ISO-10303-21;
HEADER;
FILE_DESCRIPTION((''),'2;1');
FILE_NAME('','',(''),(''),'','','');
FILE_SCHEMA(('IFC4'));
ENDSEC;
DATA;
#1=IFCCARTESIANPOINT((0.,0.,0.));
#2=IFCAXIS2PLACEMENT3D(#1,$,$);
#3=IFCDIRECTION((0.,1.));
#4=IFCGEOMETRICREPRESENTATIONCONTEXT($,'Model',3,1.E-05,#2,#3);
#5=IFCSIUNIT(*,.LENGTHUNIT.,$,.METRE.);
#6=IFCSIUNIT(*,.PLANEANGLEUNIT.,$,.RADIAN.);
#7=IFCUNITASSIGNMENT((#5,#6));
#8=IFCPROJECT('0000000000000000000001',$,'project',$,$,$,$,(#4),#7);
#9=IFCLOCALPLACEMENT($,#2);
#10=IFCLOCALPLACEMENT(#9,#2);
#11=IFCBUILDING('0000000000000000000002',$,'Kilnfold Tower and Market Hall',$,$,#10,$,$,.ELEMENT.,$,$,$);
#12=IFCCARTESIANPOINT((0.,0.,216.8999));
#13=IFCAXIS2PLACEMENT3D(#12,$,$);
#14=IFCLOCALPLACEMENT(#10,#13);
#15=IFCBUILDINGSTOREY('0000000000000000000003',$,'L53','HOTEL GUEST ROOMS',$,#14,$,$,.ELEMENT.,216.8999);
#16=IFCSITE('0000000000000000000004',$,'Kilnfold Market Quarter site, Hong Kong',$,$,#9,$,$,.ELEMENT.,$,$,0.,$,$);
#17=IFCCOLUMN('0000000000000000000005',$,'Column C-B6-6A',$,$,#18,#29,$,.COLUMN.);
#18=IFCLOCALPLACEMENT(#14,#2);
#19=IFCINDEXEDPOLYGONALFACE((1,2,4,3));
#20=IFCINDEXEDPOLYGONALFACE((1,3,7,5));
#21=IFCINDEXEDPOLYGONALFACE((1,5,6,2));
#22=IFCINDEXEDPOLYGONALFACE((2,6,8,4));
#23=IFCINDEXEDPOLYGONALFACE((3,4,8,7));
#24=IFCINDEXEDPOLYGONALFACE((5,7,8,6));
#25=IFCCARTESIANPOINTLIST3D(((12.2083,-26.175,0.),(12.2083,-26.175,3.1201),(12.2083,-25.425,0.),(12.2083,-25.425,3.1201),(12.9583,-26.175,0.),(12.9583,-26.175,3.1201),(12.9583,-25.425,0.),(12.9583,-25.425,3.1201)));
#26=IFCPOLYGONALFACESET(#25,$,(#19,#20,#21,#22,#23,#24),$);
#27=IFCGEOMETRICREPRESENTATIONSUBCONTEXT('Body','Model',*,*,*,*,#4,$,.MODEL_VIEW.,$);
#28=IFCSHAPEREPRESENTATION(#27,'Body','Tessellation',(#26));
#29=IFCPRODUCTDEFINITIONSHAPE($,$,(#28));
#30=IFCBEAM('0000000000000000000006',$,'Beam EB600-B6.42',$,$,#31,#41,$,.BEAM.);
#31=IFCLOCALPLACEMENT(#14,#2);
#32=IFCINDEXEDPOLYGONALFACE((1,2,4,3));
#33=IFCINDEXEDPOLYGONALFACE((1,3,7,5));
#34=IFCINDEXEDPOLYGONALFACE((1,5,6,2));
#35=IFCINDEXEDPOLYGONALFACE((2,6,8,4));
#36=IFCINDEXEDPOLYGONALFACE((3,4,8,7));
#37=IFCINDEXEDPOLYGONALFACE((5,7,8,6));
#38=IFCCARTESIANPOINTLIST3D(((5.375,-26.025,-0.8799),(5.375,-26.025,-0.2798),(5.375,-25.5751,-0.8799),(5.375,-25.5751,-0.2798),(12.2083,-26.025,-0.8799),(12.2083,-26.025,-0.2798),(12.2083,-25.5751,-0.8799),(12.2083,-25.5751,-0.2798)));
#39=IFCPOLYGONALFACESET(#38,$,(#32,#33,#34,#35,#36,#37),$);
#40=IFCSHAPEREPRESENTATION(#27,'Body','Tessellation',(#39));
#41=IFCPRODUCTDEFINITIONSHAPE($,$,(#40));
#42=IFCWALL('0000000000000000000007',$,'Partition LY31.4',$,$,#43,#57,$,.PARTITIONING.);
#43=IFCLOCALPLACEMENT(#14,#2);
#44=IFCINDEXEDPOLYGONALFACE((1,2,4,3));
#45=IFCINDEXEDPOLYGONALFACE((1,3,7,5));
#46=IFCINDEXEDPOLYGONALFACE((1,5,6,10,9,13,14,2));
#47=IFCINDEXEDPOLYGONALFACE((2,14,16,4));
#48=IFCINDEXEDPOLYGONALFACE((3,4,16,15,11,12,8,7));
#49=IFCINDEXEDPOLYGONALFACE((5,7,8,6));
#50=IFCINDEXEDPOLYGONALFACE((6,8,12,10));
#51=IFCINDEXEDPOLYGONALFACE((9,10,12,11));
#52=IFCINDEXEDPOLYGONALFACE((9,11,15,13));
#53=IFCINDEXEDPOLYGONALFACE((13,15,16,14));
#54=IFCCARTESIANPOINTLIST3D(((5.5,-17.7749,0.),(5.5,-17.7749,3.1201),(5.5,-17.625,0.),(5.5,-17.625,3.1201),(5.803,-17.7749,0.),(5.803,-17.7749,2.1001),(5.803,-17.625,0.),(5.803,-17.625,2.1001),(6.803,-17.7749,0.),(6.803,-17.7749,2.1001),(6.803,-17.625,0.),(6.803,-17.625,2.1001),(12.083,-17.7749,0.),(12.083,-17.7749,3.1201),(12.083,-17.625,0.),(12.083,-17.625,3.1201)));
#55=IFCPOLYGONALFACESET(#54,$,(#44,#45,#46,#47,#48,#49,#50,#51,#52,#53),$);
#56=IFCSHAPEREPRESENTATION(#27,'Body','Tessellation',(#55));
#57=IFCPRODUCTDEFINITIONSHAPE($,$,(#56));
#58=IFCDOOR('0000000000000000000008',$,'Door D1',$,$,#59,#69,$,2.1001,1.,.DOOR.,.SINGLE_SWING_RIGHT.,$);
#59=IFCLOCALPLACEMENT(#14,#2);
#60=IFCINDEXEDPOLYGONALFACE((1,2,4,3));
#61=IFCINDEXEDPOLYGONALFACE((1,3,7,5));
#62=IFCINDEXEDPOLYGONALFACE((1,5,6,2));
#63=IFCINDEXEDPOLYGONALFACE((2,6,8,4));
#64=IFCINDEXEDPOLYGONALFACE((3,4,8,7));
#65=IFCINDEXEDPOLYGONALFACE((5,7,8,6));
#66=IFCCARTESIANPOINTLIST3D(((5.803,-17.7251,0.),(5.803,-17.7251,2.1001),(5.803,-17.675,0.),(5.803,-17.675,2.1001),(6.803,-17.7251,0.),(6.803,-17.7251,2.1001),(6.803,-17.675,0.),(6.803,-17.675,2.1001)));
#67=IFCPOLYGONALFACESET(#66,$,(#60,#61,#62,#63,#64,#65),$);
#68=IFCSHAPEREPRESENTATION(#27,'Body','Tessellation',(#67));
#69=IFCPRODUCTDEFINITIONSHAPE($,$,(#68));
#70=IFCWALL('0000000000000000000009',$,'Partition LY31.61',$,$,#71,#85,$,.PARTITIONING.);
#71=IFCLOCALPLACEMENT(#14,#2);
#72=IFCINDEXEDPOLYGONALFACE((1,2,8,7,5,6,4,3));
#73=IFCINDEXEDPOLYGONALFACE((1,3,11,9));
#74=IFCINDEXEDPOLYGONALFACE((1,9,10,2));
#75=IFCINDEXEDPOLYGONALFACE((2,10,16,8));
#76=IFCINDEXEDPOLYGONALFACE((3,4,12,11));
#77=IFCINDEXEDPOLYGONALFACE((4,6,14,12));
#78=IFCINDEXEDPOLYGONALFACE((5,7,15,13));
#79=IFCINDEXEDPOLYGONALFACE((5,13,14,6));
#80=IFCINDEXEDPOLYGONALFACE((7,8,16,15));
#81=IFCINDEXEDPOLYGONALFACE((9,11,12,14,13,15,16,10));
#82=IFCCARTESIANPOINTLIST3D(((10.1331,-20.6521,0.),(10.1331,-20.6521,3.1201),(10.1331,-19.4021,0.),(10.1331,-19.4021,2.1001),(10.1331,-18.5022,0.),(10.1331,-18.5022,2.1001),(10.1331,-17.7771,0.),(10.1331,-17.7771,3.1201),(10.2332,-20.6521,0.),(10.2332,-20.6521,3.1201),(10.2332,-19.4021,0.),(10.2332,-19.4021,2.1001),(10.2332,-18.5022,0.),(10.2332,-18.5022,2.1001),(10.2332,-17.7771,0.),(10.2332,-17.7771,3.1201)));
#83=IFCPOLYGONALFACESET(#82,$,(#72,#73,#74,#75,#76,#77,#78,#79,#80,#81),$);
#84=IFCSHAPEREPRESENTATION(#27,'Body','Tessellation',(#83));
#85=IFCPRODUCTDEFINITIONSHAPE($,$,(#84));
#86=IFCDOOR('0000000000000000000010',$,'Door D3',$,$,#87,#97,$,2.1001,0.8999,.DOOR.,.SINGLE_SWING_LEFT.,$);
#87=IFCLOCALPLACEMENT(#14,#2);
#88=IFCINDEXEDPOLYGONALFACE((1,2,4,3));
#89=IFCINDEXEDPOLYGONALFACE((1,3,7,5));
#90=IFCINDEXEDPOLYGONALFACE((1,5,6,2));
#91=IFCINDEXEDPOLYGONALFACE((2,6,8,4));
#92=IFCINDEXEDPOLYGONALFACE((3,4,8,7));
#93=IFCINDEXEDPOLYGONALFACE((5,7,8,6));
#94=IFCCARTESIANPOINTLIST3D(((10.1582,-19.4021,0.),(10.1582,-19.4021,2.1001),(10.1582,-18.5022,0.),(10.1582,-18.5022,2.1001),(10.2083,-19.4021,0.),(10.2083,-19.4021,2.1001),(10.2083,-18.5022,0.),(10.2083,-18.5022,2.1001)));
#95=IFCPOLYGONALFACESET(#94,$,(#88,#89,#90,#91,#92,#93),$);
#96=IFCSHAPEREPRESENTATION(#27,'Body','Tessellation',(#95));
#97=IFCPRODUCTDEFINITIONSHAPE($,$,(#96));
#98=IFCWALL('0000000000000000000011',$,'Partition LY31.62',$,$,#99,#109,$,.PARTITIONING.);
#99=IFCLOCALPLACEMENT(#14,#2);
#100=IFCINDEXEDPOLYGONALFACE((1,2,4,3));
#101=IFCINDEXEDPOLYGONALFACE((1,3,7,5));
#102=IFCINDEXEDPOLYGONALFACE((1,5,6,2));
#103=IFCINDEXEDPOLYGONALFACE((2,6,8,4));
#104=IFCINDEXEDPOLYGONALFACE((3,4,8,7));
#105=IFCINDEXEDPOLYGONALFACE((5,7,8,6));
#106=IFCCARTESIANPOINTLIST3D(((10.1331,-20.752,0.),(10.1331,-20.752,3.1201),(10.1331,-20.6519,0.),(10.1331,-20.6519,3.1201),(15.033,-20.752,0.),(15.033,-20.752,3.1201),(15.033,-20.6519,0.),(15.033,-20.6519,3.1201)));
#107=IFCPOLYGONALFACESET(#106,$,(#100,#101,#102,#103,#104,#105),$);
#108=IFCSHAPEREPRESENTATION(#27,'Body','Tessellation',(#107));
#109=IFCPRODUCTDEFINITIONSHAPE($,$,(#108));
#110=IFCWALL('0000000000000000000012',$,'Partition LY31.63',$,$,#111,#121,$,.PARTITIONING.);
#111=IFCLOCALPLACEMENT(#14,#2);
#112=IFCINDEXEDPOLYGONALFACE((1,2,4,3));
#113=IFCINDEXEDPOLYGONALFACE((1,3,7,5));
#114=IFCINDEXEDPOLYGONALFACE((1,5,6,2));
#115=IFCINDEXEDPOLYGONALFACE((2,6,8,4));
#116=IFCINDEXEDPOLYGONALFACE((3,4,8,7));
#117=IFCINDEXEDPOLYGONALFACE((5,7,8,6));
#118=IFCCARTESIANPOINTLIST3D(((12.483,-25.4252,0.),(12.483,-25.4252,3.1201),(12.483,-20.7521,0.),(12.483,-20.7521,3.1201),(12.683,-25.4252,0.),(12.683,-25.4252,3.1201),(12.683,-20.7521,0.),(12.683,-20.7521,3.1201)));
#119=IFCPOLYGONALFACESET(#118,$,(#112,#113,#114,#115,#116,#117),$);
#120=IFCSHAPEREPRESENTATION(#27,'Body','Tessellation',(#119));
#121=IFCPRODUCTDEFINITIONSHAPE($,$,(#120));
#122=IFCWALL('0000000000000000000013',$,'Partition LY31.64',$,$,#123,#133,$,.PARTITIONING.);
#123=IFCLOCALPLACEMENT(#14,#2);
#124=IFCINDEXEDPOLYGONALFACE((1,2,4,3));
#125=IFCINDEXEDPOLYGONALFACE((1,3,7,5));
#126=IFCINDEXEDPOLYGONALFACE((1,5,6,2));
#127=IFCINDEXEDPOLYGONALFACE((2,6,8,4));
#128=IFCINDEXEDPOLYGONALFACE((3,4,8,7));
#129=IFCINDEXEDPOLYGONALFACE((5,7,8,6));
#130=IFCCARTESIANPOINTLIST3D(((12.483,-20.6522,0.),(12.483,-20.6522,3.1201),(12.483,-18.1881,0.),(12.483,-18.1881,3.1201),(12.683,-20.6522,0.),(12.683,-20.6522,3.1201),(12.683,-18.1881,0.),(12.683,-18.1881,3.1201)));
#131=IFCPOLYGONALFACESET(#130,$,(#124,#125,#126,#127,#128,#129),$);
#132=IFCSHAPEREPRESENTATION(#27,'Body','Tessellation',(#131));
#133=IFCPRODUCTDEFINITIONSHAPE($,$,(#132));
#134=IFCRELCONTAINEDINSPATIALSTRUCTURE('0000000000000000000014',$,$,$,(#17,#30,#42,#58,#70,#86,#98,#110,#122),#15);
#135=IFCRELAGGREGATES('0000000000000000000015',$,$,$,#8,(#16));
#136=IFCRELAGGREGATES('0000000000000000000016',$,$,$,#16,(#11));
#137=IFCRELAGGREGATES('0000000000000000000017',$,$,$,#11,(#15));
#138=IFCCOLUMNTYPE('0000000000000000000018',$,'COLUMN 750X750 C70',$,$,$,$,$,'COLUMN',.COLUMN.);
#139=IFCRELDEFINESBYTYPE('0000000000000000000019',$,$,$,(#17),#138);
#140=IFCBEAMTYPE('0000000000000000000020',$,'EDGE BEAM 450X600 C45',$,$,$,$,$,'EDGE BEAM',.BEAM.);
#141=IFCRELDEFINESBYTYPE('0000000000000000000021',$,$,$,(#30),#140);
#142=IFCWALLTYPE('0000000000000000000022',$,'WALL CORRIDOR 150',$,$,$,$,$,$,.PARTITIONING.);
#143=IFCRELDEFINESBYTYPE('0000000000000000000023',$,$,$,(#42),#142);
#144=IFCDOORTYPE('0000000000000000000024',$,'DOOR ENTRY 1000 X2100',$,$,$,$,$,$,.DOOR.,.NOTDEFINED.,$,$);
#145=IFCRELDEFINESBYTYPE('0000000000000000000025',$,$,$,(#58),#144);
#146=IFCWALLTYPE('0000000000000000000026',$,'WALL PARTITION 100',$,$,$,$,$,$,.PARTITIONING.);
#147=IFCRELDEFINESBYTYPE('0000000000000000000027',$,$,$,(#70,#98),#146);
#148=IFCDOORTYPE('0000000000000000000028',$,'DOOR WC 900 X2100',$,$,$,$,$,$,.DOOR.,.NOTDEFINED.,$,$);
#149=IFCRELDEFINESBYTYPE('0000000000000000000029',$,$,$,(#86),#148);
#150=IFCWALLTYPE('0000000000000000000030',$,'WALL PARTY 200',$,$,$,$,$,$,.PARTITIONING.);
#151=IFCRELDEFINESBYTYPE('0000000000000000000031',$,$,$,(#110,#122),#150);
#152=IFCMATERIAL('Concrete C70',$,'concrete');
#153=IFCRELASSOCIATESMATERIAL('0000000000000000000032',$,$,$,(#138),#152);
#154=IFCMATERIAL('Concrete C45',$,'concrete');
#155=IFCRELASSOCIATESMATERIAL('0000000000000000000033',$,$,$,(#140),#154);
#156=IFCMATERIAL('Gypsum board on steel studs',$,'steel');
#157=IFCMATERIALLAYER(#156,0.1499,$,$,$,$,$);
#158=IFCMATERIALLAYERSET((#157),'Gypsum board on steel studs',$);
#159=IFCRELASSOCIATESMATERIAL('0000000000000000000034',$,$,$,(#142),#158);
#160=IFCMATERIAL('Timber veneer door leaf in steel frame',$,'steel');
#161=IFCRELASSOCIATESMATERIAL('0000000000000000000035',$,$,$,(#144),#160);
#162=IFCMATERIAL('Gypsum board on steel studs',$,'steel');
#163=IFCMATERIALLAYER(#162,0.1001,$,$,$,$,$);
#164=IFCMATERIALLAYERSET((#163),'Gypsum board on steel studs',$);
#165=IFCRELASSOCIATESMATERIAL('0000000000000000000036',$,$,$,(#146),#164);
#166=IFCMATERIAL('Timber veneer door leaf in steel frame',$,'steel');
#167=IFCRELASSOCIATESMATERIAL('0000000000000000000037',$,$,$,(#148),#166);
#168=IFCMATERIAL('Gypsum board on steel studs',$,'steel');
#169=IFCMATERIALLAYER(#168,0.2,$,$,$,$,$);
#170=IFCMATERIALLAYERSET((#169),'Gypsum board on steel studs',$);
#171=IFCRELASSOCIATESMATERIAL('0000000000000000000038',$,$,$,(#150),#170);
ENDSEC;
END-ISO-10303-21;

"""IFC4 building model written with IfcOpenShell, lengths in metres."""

from ifc_helpers import new_model, si_unit, direction, frame, frame_2d, origin, origin_2d, place, context, subcontext, project, spatial, rectangle, extrude, source, transform, mapped, material, layer, layer_set, material_profile, profile_set, type_object, element, fill, save


model = new_model("IFC4")

# Units and contexts
model_context = context("Model", 3, precision=1e-05, world=origin(), true_north=direction((0.0, 1.0)))
body_context = subcontext(model_context, "Body", "Model", "MODEL_VIEW")
ifc_project = project(units=[si_unit("LENGTHUNIT", "METRE"), si_unit("PLANEANGLEUNIT", "RADIAN")], contexts=[model_context])

# Site, building, storey
site_placement = place(None, origin())
site = spatial("IfcSite", under=ifc_project, at=site_placement, Name="Kilnfold Market Quarter site, Hong Kong", CompositionType="ELEMENT", RefElevation=0.0)
building_placement = place(site_placement, origin())
building = spatial("IfcBuilding", under=site, at=building_placement, Name="Kilnfold Tower and Market Hall", CompositionType="ELEMENT")
storey_placement = place(building_placement, frame((0.0, 0.0, 216.8999)))
storey = spatial("IfcBuildingStorey", under=building, at=storey_placement, Name="L53", Description="HOTEL GUEST ROOMS", CompositionType="ELEMENT", Elevation=216.8999)

# Column
ifc_material_1 = material(Name="Concrete C70", Category="concrete")
ifc_material_profile_1 = material_profile(ifc_material_1, rectangle(XDim=0.75, YDim=0.75, at=origin_2d()), Name="RC 750x750")
ifc_profile_set_1 = profile_set([ifc_material_profile_1], Name="Concrete C70")
column_type = type_object("IfcColumnType", Name="COLUMN 750X750 C70", ElementType="COLUMN", PredefinedType="COLUMN", material=ifc_profile_set_1)
shared_shape_1 = source(origin(), body_context, "Body", "SweptSolid", [
    extrude(rectangle(XDim=0.75, YDim=0.75, at=origin_2d()), origin(), (0.0, 0.0, 1.0), 3.1201),
])
column_placement = place(storey_placement, frame((12.5833, -25.8, 0.0), z_axis=(0.0, 0.0, 1.0), x_axis=(1.0, 0.0, 0.0)))
element("IfcColumn", 1, at=column_placement, inside=storey, type_object=column_type, Name="Column C-B6-6A", PredefinedType="COLUMN", context=body_context, shape_type="MappedRepresentation", body=[
    mapped(shared_shape_1, transform((0.0, 0.0, 0.0))),
])

# Beam
ifc_material_2 = material(Name="Concrete C45", Category="concrete")
ifc_material_profile_2 = material_profile(ifc_material_2, rectangle(XDim=0.45, YDim=0.6001, at=origin_2d()), Name="RC 450x600")
ifc_profile_set_2 = profile_set([ifc_material_profile_2], Name="Concrete C45")
beam_type = type_object("IfcBeamType", Name="EDGE BEAM 450X600 C45", ElementType="EDGE BEAM", PredefinedType="BEAM", material=ifc_profile_set_2)
shared_shape_2 = source(origin(), body_context, "Body", "SweptSolid", [
    extrude(rectangle(XDim=0.45, YDim=0.6001, at=origin_2d()), origin(), (0.0, 0.0, 1.0), 6.8333),
])
beam_placement = place(storey_placement, frame((5.375, -25.8, -0.5798), z_axis=(1.0, 0.0, 0.0), x_axis=(0.0, 1.0, 0.0)))
element("IfcBeam", 2, at=beam_placement, inside=storey, type_object=beam_type, Name="Beam EB600-B6.42", PredefinedType="BEAM", context=body_context, shape_type="MappedRepresentation", body=[
    mapped(shared_shape_2, transform((0.0, 0.0, 0.0))),
])

# Walls, openings, doors
ifc_material_3 = material(Name="Gypsum board on steel studs", Category="steel")
ifc_layer_1 = layer(ifc_material_3, 0.1499)
ifc_layer_set_1 = layer_set([ifc_layer_1], Name="Gypsum board on steel studs")
wall_type_1 = type_object("IfcWallType", Name="WALL CORRIDOR 150", PredefinedType="PARTITIONING", material=ifc_layer_set_1)
wall_1_placement = place(storey_placement, frame((5.5, -17.7, 0.0), z_axis=(0.0, 0.0, 1.0), x_axis=(1.0, 0.0, 0.0)))
wall_1 = element("IfcWall", 3, at=wall_1_placement, inside=storey, type_object=wall_type_1, Name="Partition LY31.4", PredefinedType="PARTITIONING", context=body_context, shape_type="SweptSolid", body=[
    extrude(rectangle(XDim=6.583, YDim=0.1499, at=frame_2d((3.2915, 0.0))), origin(), (0.0, 0.0, 1.0), 3.1201),
])
opening_1_placement = place(wall_1_placement, frame((0.303, 0.0, 0.0)))
opening_1 = element("IfcOpeningElement", 4, at=opening_1_placement, cuts=wall_1, PredefinedType="OPENING", context=body_context, shape_type="SweptSolid", body=[
    extrude(rectangle(XDim=1.0, YDim=2.1001, at=frame_2d((0.5, 1.05))), frame((0.0, 0.085, 0.0), z_axis=(0.0, -1.0, 0.0), x_axis=(1.0, 0.0, 0.0)), (0.0, 0.0, 1.0), 0.1699),
])
ifc_material_4 = material(Name="Timber veneer door leaf in steel frame", Category="steel")
door_type_1 = type_object("IfcDoorType", Name="DOOR ENTRY 1000 X2100", OperationType="NOTDEFINED", PredefinedType="DOOR", material=ifc_material_4)
door_1_placement = place(opening_1_placement, origin())
door_1 = element("IfcDoor", 5, at=door_1_placement, inside=storey, type_object=door_type_1, Name="Door D1", OperationType="SINGLE_SWING_RIGHT", OverallHeight=2.1001, OverallWidth=1.0, PredefinedType="DOOR", context=body_context, shape_type="SweptSolid", body=[
    extrude(rectangle(XDim=1.0, YDim=2.1001, at=frame_2d((0.5, 1.05))), frame((0.0, 0.0249, 0.0), z_axis=(0.0, -1.0, 0.0), x_axis=(1.0, 0.0, 0.0)), (0.0, 0.0, 1.0), 0.05),
])
fill(opening_1, door_1)
ifc_material_5 = material(Name="Gypsum board on steel studs", Category="steel")
ifc_layer_2 = layer(ifc_material_5, 0.1001)
ifc_layer_set_2 = layer_set([ifc_layer_2], Name="Gypsum board on steel studs")
wall_type_2 = type_object("IfcWallType", Name="WALL PARTITION 100", PredefinedType="PARTITIONING", material=ifc_layer_set_2)
wall_2_placement = place(storey_placement, frame((10.1831, -20.6521, 0.0), z_axis=(0.0, 0.0, 1.0), x_axis=(0.0, 1.0, 0.0)))
wall_2 = element("IfcWall", 6, at=wall_2_placement, inside=storey, type_object=wall_type_2, Name="Partition LY31.61", PredefinedType="PARTITIONING", context=body_context, shape_type="SweptSolid", body=[
    extrude(rectangle(XDim=2.875, YDim=0.1001, at=frame_2d((1.4375, 0.0))), origin(), (0.0, 0.0, 1.0), 3.1201),
])
opening_2_placement = place(wall_2_placement, frame((1.25, 0.0, 0.0)))
opening_2 = element("IfcOpeningElement", 7, at=opening_2_placement, cuts=wall_2, PredefinedType="OPENING", context=body_context, shape_type="SweptSolid", body=[
    extrude(rectangle(XDim=0.8999, YDim=2.1001, at=frame_2d((0.45, 1.05))), frame((0.0, 0.0601, 0.0), z_axis=(0.0, -1.0, 0.0), x_axis=(1.0, 0.0, 0.0)), (0.0, 0.0, 1.0), 0.1201),
])
ifc_material_6 = material(Name="Timber veneer door leaf in steel frame", Category="steel")
door_type_2 = type_object("IfcDoorType", Name="DOOR WC 900 X2100", OperationType="NOTDEFINED", PredefinedType="DOOR", material=ifc_material_6)
door_2_placement = place(opening_2_placement, origin())
door_2 = element("IfcDoor", 8, at=door_2_placement, inside=storey, type_object=door_type_2, Name="Door D3", OperationType="SINGLE_SWING_LEFT", OverallHeight=2.1001, OverallWidth=0.8999, PredefinedType="DOOR", context=body_context, shape_type="SweptSolid", body=[
    extrude(rectangle(XDim=0.8999, YDim=2.1001, at=frame_2d((0.45, 1.05))), frame((0.0, 0.0249, 0.0), z_axis=(0.0, -1.0, 0.0), x_axis=(1.0, 0.0, 0.0)), (0.0, 0.0, 1.0), 0.05),
])
fill(opening_2, door_2)

# Walls
wall_3_placement = place(storey_placement, frame((10.1331, -20.7019, 0.0), z_axis=(0.0, 0.0, 1.0), x_axis=(1.0, 0.0, 0.0)))
element("IfcWall", 9, at=wall_3_placement, inside=storey, type_object=wall_type_2, Name="Partition LY31.62", PredefinedType="PARTITIONING", context=body_context, shape_type="SweptSolid", body=[
    extrude(rectangle(XDim=4.8999, YDim=0.1001, at=frame_2d((2.45, 0.0))), origin(), (0.0, 0.0, 1.0), 3.1201),
])
ifc_material_7 = material(Name="Gypsum board on steel studs", Category="steel")
ifc_layer_3 = layer(ifc_material_7, 0.2)
ifc_layer_set_3 = layer_set([ifc_layer_3], Name="Gypsum board on steel studs")
wall_type_3 = type_object("IfcWallType", Name="WALL PARTY 200", PredefinedType="PARTITIONING", material=ifc_layer_set_3)
wall_4_placement = place(storey_placement, frame((12.583, -25.425, 0.0), z_axis=(0.0, 0.0, 1.0), x_axis=(0.0, 1.0, 0.0)))
element("IfcWall", 10, at=wall_4_placement, inside=storey, type_object=wall_type_3, Name="Partition LY31.63", PredefinedType="PARTITIONING", context=body_context, shape_type="SweptSolid", body=[
    extrude(rectangle(XDim=4.6731, YDim=0.2, at=frame_2d((2.3364, 0.0))), origin(), (0.0, 0.0, 1.0), 3.1201),
])
wall_5_placement = place(storey_placement, frame((12.583, -20.6521, 0.0), z_axis=(0.0, 0.0, 1.0), x_axis=(0.0, 1.0, 0.0)))
element("IfcWall", 11, at=wall_5_placement, inside=storey, type_object=wall_type_3, Name="Partition LY31.64", PredefinedType="PARTITIONING", context=body_context, shape_type="SweptSolid", body=[
    extrude(rectangle(XDim=2.4641, YDim=0.2, at=frame_2d((1.2319, 0.0))), origin(), (0.0, 0.0, 1.0), 3.1201),
])

save(model, "model.ifc")
